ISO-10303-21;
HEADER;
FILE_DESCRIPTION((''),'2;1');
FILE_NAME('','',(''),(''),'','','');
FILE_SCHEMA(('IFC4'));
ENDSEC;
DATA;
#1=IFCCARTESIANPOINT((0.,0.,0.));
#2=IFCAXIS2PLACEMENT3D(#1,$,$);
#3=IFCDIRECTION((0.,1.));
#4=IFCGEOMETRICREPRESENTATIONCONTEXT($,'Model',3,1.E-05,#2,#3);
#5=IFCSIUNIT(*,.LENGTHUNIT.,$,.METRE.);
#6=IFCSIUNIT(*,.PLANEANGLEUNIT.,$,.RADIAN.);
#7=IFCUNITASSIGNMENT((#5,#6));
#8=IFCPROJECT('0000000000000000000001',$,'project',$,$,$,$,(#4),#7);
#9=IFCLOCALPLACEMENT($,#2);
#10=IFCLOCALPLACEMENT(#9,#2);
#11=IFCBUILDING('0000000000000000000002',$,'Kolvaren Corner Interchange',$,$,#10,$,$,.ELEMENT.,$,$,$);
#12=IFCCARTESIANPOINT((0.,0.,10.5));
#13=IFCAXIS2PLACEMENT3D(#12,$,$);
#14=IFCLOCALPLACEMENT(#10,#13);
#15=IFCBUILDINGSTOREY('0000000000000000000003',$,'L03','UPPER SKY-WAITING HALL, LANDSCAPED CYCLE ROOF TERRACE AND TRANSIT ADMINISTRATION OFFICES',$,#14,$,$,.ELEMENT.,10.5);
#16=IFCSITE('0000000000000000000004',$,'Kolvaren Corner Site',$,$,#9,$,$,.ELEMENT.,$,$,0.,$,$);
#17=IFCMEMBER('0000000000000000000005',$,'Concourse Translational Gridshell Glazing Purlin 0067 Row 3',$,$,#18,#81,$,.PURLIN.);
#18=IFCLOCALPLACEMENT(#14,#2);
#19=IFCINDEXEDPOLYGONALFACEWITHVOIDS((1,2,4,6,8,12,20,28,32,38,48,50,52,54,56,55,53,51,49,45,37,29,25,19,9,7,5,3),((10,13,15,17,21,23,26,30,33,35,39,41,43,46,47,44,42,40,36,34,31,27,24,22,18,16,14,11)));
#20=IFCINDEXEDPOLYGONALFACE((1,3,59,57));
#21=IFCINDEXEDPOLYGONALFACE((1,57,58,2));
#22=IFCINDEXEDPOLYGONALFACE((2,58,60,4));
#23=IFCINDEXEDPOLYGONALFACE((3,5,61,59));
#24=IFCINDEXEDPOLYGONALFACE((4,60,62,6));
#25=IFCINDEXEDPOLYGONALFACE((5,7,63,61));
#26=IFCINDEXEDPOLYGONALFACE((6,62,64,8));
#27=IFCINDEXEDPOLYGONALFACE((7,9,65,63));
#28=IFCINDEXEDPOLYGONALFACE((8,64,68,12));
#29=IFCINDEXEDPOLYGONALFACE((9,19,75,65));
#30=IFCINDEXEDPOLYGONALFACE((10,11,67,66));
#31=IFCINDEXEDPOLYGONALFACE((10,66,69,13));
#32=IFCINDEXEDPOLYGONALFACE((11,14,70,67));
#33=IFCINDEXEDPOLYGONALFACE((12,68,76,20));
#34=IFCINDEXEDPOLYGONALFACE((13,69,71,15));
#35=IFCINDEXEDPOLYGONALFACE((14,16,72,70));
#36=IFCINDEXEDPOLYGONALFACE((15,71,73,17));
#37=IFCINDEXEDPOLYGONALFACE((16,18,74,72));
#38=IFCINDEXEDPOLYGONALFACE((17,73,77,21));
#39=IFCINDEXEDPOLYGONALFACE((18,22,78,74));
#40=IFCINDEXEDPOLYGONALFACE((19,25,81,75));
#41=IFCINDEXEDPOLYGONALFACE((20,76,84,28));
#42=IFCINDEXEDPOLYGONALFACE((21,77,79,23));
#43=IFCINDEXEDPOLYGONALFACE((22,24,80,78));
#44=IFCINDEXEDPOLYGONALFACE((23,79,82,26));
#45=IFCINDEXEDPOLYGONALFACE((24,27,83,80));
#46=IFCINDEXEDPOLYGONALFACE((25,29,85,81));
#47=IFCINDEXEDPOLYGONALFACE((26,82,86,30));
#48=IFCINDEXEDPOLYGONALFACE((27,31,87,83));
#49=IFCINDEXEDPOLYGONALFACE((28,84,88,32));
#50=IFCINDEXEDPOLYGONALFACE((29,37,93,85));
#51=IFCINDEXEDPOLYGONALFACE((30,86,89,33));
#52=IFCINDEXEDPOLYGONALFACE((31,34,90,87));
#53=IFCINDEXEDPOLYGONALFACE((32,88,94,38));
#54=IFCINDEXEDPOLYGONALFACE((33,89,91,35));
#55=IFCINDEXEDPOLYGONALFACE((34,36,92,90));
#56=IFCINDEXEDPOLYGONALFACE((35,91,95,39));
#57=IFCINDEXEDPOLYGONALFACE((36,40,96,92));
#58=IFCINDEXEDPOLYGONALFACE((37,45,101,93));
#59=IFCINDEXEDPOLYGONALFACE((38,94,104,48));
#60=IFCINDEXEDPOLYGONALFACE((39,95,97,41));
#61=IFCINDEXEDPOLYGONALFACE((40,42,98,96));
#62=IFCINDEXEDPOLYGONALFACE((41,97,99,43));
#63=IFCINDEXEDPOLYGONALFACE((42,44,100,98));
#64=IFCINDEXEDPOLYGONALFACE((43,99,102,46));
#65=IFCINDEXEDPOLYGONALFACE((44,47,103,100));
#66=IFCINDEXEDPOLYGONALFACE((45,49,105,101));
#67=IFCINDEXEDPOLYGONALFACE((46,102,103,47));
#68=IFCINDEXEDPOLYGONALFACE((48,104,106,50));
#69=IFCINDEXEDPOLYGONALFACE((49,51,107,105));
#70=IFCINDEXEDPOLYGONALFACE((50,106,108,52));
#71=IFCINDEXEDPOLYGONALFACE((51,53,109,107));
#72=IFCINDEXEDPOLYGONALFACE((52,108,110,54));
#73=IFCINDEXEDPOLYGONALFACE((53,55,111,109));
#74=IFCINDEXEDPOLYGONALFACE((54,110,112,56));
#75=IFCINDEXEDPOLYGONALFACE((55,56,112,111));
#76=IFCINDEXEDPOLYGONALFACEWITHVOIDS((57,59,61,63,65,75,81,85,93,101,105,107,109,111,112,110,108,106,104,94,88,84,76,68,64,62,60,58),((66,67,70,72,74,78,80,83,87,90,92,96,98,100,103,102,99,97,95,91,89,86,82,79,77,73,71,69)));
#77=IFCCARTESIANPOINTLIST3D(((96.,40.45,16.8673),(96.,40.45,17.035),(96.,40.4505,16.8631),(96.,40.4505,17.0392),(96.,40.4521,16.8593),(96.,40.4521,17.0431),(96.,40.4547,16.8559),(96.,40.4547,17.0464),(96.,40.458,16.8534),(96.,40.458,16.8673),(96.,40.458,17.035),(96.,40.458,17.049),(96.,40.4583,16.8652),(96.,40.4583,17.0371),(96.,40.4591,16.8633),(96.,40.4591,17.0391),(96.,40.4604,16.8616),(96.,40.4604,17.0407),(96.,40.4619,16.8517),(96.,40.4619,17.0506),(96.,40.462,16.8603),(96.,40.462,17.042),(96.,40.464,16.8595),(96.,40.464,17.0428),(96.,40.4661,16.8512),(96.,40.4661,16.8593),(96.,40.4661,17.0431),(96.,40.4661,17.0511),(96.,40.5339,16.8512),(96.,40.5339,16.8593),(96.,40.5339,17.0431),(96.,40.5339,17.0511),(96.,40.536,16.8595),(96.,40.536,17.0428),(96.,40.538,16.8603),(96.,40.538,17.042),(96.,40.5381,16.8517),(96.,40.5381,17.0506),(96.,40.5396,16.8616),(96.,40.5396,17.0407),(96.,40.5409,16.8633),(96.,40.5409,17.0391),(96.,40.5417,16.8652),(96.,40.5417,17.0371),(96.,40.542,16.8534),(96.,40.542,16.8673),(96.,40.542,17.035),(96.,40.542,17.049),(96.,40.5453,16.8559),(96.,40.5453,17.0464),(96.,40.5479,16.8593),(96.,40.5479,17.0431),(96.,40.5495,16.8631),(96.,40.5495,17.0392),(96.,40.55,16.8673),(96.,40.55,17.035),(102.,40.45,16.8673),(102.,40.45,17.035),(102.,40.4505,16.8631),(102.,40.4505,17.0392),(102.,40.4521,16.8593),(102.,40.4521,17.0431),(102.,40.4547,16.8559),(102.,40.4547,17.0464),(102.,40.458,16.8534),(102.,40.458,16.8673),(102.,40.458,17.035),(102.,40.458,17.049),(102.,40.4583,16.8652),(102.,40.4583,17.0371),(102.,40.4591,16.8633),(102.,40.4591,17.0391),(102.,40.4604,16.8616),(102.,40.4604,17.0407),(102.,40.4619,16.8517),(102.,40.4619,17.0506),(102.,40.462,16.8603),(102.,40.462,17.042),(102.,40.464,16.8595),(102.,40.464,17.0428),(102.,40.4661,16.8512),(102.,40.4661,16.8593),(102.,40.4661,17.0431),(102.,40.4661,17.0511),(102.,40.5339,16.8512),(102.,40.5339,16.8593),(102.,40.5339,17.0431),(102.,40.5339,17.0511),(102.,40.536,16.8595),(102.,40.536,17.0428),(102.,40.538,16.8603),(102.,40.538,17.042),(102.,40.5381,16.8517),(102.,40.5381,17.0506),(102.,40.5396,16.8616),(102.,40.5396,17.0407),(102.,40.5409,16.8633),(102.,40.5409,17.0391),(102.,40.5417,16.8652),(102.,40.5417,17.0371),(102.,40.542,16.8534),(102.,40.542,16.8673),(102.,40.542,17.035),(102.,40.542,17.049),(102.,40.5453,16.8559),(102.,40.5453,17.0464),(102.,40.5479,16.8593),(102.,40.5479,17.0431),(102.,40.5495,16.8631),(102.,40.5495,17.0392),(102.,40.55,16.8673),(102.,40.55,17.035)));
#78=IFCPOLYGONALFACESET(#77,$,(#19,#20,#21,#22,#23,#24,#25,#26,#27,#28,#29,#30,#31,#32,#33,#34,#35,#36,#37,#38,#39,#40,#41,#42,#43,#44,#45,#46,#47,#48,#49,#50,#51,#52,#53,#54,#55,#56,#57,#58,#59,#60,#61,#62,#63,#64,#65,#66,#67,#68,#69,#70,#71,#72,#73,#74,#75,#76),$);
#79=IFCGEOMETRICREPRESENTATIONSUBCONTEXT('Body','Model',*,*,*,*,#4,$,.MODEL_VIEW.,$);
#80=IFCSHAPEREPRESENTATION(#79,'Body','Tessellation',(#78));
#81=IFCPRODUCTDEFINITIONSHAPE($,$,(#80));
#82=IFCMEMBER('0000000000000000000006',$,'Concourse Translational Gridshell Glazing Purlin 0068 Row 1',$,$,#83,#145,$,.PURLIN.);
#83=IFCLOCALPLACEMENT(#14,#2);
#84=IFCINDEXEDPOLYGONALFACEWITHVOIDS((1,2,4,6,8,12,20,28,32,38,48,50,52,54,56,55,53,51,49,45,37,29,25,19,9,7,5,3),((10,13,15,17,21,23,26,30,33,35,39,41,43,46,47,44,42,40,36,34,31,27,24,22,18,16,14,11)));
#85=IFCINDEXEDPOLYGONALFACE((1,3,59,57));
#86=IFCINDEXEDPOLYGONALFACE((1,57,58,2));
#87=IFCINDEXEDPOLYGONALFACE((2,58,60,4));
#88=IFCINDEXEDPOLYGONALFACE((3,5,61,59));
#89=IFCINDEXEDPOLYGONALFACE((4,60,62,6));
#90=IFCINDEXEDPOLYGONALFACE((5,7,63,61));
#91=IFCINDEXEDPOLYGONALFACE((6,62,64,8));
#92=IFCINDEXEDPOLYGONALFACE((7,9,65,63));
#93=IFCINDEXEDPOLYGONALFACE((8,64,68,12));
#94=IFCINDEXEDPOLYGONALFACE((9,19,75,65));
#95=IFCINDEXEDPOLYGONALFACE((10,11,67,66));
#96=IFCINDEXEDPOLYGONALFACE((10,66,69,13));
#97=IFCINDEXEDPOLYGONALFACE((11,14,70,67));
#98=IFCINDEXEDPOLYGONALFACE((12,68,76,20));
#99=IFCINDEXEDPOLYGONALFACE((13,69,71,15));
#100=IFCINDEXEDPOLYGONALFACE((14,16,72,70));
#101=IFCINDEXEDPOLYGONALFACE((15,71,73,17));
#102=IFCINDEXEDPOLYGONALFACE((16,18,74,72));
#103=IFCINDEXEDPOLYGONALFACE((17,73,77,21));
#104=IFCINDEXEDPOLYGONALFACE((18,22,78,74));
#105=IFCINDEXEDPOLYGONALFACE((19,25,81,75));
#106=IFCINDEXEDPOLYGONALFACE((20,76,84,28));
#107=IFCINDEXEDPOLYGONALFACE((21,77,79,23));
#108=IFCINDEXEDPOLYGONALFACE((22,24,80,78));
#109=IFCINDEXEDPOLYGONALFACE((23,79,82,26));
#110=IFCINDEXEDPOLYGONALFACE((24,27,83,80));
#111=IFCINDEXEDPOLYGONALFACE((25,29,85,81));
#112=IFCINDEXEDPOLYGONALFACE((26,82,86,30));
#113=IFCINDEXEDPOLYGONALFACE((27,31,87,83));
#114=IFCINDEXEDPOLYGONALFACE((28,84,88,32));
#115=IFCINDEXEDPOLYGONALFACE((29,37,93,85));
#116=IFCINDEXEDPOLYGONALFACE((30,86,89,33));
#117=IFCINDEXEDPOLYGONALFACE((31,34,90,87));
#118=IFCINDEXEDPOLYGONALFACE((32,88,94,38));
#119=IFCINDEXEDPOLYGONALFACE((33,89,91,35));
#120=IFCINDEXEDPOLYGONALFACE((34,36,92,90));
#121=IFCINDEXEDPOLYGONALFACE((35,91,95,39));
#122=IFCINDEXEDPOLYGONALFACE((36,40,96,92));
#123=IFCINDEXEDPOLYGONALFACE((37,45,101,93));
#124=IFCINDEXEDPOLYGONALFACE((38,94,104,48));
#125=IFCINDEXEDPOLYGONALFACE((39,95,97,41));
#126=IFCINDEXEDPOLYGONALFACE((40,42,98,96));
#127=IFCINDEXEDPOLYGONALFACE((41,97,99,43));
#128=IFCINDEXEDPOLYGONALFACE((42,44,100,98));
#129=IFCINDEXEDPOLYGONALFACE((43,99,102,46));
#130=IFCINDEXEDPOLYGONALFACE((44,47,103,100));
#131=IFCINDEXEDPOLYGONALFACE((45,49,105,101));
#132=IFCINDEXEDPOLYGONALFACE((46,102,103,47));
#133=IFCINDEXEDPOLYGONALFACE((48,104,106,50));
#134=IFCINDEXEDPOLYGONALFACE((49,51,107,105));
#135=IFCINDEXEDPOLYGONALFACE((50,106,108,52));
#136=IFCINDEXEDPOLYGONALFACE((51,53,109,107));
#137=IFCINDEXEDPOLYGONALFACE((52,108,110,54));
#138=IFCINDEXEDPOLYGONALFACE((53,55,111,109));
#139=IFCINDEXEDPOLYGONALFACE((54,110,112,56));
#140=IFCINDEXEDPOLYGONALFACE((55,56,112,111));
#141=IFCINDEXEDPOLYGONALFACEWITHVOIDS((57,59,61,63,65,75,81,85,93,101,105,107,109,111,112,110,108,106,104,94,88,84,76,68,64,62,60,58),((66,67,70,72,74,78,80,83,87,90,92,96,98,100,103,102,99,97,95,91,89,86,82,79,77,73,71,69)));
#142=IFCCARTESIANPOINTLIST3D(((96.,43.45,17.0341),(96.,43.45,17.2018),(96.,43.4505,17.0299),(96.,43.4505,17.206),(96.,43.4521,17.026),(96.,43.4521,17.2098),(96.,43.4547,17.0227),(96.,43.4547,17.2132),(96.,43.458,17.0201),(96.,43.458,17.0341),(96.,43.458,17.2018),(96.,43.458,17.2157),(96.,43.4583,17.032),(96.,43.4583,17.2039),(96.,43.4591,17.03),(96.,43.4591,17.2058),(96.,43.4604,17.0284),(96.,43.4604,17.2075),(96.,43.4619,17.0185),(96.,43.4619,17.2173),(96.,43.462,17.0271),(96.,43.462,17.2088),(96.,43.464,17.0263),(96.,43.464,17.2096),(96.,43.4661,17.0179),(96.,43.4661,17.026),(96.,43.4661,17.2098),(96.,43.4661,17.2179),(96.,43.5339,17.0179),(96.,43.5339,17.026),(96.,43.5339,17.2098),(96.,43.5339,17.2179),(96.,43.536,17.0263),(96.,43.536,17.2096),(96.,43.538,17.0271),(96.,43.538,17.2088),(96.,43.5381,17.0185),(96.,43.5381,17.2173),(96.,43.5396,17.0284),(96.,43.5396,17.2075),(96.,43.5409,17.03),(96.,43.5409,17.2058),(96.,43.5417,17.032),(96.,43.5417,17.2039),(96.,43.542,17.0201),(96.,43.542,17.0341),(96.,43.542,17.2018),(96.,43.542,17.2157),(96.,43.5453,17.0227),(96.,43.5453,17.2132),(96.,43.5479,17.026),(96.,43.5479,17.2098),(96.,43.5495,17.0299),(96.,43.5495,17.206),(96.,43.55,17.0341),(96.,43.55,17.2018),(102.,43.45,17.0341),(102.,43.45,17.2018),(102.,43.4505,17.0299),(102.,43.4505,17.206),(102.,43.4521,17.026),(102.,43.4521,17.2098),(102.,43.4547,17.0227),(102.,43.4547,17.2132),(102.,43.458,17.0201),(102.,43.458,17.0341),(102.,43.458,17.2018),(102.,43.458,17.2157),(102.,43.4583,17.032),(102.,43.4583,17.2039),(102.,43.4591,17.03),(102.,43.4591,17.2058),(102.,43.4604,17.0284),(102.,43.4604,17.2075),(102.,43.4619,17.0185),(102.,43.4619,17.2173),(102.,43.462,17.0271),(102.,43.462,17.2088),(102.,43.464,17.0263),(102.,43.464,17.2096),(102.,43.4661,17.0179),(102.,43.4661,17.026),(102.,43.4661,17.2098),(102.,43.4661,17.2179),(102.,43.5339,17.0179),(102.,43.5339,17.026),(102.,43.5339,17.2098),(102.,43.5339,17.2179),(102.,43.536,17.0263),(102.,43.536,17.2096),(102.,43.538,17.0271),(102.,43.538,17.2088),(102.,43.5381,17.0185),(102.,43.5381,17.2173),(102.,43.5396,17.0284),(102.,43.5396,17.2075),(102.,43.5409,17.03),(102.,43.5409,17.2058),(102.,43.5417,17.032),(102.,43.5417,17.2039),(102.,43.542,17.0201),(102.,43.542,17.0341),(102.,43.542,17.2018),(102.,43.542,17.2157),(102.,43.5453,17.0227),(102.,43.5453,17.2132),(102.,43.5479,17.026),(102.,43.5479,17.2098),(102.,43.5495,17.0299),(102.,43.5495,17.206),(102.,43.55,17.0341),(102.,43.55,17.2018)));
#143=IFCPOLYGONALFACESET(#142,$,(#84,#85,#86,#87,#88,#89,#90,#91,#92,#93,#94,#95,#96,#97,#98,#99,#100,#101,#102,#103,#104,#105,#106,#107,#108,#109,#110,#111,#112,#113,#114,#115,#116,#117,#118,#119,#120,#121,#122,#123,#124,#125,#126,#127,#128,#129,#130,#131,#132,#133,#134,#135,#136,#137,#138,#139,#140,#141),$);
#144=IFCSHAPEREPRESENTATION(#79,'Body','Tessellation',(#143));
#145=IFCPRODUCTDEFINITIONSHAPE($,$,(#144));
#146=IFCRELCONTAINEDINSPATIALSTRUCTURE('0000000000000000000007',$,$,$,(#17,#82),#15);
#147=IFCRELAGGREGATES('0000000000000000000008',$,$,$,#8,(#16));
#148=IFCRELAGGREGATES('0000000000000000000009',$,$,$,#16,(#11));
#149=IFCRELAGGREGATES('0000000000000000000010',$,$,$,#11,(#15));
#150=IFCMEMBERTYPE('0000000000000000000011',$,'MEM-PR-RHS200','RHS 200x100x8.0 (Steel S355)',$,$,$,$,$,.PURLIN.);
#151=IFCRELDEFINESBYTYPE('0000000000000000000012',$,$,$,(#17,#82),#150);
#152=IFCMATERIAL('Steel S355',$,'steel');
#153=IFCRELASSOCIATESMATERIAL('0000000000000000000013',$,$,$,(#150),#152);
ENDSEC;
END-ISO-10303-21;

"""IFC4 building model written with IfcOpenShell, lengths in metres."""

from ifc_helpers import new_model, si_unit, direction, frame, origin, origin_2d, place, context, subcontext, project, spatial, hollow_rectangle, extrude, material, material_profile, profile_set, type_object, element, save


model = new_model("IFC4")

# Units and contexts
model_context = context("Model", 3, precision=1e-05, world=origin(), true_north=direction((0.0, 1.0)))
body_context = subcontext(model_context, "Body", "Model", "MODEL_VIEW")
ifc_project = project(units=[si_unit("LENGTHUNIT", "METRE"), si_unit("PLANEANGLEUNIT", "RADIAN")], contexts=[model_context])

# Site, building, storey
site_placement = place(None, origin())
site = spatial("IfcSite", under=ifc_project, at=site_placement, Name="Kolvaren Corner Site", CompositionType="ELEMENT", RefElevation=0.0)
building_placement = place(site_placement, origin())
building = spatial("IfcBuilding", under=site, at=building_placement, Name="Kolvaren Corner Interchange", CompositionType="ELEMENT")
storey_placement = place(building_placement, frame((0.0, 0.0, 10.5)))
storey = spatial("IfcBuildingStorey", under=building, at=storey_placement, Name="L03", Description="UPPER SKY-WAITING HALL, LANDSCAPED CYCLE ROOF TERRACE AND TRANSIT ADMINISTRATION OFFICES", CompositionType="ELEMENT", Elevation=10.5)

# Members
ifc_material_1 = material(Name="Steel S355", Category="steel")
ifc_material_profile_1 = material_profile(ifc_material_1, hollow_rectangle(XDim=0.1001, YDim=0.2, WallThickness=0.0081, InnerFilletRadius=0.0081, OuterFilletRadius=0.0161, at=origin_2d()), Name="RHS 200x100x8.0")
ifc_profile_set_1 = profile_set([ifc_material_profile_1], Name="Steel S355")
member_type_1 = type_object("IfcMemberType", Name="MEM-PR-RHS200", Description="RHS 200x100x8.0 (Steel S355)", PredefinedType="PURLIN", material=ifc_profile_set_1)
for number, where, z_axis, x_axis, name in (
    (1, (96.0, 40.5, 16.9512), (1.0, 0.0, 0.0), (0.0, 1.0, 0.0), "Concourse Translational Gridshell Glazing Purlin 0067 Row 3"),
    (2, (96.0, 43.5, 17.1179), (1.0, 0.0, 0.0), (0.0, 1.0, 0.0), "Concourse Translational Gridshell Glazing Purlin 0068 Row 1"),
):
    element("IfcMember", number, at=place(storey_placement, frame(where, z_axis=z_axis, x_axis=x_axis)), inside=storey, type_object=member_type_1, Name=name, PredefinedType="PURLIN", context=body_context, shape_type="SweptSolid", body=[
        extrude(hollow_rectangle(XDim=0.1001, YDim=0.2, WallThickness=0.0081, InnerFilletRadius=0.0081, OuterFilletRadius=0.0161, at=origin_2d()), origin(), (0.0, 0.0, 1.0), 6.0),
    ])

save(model, "model.ifc")
